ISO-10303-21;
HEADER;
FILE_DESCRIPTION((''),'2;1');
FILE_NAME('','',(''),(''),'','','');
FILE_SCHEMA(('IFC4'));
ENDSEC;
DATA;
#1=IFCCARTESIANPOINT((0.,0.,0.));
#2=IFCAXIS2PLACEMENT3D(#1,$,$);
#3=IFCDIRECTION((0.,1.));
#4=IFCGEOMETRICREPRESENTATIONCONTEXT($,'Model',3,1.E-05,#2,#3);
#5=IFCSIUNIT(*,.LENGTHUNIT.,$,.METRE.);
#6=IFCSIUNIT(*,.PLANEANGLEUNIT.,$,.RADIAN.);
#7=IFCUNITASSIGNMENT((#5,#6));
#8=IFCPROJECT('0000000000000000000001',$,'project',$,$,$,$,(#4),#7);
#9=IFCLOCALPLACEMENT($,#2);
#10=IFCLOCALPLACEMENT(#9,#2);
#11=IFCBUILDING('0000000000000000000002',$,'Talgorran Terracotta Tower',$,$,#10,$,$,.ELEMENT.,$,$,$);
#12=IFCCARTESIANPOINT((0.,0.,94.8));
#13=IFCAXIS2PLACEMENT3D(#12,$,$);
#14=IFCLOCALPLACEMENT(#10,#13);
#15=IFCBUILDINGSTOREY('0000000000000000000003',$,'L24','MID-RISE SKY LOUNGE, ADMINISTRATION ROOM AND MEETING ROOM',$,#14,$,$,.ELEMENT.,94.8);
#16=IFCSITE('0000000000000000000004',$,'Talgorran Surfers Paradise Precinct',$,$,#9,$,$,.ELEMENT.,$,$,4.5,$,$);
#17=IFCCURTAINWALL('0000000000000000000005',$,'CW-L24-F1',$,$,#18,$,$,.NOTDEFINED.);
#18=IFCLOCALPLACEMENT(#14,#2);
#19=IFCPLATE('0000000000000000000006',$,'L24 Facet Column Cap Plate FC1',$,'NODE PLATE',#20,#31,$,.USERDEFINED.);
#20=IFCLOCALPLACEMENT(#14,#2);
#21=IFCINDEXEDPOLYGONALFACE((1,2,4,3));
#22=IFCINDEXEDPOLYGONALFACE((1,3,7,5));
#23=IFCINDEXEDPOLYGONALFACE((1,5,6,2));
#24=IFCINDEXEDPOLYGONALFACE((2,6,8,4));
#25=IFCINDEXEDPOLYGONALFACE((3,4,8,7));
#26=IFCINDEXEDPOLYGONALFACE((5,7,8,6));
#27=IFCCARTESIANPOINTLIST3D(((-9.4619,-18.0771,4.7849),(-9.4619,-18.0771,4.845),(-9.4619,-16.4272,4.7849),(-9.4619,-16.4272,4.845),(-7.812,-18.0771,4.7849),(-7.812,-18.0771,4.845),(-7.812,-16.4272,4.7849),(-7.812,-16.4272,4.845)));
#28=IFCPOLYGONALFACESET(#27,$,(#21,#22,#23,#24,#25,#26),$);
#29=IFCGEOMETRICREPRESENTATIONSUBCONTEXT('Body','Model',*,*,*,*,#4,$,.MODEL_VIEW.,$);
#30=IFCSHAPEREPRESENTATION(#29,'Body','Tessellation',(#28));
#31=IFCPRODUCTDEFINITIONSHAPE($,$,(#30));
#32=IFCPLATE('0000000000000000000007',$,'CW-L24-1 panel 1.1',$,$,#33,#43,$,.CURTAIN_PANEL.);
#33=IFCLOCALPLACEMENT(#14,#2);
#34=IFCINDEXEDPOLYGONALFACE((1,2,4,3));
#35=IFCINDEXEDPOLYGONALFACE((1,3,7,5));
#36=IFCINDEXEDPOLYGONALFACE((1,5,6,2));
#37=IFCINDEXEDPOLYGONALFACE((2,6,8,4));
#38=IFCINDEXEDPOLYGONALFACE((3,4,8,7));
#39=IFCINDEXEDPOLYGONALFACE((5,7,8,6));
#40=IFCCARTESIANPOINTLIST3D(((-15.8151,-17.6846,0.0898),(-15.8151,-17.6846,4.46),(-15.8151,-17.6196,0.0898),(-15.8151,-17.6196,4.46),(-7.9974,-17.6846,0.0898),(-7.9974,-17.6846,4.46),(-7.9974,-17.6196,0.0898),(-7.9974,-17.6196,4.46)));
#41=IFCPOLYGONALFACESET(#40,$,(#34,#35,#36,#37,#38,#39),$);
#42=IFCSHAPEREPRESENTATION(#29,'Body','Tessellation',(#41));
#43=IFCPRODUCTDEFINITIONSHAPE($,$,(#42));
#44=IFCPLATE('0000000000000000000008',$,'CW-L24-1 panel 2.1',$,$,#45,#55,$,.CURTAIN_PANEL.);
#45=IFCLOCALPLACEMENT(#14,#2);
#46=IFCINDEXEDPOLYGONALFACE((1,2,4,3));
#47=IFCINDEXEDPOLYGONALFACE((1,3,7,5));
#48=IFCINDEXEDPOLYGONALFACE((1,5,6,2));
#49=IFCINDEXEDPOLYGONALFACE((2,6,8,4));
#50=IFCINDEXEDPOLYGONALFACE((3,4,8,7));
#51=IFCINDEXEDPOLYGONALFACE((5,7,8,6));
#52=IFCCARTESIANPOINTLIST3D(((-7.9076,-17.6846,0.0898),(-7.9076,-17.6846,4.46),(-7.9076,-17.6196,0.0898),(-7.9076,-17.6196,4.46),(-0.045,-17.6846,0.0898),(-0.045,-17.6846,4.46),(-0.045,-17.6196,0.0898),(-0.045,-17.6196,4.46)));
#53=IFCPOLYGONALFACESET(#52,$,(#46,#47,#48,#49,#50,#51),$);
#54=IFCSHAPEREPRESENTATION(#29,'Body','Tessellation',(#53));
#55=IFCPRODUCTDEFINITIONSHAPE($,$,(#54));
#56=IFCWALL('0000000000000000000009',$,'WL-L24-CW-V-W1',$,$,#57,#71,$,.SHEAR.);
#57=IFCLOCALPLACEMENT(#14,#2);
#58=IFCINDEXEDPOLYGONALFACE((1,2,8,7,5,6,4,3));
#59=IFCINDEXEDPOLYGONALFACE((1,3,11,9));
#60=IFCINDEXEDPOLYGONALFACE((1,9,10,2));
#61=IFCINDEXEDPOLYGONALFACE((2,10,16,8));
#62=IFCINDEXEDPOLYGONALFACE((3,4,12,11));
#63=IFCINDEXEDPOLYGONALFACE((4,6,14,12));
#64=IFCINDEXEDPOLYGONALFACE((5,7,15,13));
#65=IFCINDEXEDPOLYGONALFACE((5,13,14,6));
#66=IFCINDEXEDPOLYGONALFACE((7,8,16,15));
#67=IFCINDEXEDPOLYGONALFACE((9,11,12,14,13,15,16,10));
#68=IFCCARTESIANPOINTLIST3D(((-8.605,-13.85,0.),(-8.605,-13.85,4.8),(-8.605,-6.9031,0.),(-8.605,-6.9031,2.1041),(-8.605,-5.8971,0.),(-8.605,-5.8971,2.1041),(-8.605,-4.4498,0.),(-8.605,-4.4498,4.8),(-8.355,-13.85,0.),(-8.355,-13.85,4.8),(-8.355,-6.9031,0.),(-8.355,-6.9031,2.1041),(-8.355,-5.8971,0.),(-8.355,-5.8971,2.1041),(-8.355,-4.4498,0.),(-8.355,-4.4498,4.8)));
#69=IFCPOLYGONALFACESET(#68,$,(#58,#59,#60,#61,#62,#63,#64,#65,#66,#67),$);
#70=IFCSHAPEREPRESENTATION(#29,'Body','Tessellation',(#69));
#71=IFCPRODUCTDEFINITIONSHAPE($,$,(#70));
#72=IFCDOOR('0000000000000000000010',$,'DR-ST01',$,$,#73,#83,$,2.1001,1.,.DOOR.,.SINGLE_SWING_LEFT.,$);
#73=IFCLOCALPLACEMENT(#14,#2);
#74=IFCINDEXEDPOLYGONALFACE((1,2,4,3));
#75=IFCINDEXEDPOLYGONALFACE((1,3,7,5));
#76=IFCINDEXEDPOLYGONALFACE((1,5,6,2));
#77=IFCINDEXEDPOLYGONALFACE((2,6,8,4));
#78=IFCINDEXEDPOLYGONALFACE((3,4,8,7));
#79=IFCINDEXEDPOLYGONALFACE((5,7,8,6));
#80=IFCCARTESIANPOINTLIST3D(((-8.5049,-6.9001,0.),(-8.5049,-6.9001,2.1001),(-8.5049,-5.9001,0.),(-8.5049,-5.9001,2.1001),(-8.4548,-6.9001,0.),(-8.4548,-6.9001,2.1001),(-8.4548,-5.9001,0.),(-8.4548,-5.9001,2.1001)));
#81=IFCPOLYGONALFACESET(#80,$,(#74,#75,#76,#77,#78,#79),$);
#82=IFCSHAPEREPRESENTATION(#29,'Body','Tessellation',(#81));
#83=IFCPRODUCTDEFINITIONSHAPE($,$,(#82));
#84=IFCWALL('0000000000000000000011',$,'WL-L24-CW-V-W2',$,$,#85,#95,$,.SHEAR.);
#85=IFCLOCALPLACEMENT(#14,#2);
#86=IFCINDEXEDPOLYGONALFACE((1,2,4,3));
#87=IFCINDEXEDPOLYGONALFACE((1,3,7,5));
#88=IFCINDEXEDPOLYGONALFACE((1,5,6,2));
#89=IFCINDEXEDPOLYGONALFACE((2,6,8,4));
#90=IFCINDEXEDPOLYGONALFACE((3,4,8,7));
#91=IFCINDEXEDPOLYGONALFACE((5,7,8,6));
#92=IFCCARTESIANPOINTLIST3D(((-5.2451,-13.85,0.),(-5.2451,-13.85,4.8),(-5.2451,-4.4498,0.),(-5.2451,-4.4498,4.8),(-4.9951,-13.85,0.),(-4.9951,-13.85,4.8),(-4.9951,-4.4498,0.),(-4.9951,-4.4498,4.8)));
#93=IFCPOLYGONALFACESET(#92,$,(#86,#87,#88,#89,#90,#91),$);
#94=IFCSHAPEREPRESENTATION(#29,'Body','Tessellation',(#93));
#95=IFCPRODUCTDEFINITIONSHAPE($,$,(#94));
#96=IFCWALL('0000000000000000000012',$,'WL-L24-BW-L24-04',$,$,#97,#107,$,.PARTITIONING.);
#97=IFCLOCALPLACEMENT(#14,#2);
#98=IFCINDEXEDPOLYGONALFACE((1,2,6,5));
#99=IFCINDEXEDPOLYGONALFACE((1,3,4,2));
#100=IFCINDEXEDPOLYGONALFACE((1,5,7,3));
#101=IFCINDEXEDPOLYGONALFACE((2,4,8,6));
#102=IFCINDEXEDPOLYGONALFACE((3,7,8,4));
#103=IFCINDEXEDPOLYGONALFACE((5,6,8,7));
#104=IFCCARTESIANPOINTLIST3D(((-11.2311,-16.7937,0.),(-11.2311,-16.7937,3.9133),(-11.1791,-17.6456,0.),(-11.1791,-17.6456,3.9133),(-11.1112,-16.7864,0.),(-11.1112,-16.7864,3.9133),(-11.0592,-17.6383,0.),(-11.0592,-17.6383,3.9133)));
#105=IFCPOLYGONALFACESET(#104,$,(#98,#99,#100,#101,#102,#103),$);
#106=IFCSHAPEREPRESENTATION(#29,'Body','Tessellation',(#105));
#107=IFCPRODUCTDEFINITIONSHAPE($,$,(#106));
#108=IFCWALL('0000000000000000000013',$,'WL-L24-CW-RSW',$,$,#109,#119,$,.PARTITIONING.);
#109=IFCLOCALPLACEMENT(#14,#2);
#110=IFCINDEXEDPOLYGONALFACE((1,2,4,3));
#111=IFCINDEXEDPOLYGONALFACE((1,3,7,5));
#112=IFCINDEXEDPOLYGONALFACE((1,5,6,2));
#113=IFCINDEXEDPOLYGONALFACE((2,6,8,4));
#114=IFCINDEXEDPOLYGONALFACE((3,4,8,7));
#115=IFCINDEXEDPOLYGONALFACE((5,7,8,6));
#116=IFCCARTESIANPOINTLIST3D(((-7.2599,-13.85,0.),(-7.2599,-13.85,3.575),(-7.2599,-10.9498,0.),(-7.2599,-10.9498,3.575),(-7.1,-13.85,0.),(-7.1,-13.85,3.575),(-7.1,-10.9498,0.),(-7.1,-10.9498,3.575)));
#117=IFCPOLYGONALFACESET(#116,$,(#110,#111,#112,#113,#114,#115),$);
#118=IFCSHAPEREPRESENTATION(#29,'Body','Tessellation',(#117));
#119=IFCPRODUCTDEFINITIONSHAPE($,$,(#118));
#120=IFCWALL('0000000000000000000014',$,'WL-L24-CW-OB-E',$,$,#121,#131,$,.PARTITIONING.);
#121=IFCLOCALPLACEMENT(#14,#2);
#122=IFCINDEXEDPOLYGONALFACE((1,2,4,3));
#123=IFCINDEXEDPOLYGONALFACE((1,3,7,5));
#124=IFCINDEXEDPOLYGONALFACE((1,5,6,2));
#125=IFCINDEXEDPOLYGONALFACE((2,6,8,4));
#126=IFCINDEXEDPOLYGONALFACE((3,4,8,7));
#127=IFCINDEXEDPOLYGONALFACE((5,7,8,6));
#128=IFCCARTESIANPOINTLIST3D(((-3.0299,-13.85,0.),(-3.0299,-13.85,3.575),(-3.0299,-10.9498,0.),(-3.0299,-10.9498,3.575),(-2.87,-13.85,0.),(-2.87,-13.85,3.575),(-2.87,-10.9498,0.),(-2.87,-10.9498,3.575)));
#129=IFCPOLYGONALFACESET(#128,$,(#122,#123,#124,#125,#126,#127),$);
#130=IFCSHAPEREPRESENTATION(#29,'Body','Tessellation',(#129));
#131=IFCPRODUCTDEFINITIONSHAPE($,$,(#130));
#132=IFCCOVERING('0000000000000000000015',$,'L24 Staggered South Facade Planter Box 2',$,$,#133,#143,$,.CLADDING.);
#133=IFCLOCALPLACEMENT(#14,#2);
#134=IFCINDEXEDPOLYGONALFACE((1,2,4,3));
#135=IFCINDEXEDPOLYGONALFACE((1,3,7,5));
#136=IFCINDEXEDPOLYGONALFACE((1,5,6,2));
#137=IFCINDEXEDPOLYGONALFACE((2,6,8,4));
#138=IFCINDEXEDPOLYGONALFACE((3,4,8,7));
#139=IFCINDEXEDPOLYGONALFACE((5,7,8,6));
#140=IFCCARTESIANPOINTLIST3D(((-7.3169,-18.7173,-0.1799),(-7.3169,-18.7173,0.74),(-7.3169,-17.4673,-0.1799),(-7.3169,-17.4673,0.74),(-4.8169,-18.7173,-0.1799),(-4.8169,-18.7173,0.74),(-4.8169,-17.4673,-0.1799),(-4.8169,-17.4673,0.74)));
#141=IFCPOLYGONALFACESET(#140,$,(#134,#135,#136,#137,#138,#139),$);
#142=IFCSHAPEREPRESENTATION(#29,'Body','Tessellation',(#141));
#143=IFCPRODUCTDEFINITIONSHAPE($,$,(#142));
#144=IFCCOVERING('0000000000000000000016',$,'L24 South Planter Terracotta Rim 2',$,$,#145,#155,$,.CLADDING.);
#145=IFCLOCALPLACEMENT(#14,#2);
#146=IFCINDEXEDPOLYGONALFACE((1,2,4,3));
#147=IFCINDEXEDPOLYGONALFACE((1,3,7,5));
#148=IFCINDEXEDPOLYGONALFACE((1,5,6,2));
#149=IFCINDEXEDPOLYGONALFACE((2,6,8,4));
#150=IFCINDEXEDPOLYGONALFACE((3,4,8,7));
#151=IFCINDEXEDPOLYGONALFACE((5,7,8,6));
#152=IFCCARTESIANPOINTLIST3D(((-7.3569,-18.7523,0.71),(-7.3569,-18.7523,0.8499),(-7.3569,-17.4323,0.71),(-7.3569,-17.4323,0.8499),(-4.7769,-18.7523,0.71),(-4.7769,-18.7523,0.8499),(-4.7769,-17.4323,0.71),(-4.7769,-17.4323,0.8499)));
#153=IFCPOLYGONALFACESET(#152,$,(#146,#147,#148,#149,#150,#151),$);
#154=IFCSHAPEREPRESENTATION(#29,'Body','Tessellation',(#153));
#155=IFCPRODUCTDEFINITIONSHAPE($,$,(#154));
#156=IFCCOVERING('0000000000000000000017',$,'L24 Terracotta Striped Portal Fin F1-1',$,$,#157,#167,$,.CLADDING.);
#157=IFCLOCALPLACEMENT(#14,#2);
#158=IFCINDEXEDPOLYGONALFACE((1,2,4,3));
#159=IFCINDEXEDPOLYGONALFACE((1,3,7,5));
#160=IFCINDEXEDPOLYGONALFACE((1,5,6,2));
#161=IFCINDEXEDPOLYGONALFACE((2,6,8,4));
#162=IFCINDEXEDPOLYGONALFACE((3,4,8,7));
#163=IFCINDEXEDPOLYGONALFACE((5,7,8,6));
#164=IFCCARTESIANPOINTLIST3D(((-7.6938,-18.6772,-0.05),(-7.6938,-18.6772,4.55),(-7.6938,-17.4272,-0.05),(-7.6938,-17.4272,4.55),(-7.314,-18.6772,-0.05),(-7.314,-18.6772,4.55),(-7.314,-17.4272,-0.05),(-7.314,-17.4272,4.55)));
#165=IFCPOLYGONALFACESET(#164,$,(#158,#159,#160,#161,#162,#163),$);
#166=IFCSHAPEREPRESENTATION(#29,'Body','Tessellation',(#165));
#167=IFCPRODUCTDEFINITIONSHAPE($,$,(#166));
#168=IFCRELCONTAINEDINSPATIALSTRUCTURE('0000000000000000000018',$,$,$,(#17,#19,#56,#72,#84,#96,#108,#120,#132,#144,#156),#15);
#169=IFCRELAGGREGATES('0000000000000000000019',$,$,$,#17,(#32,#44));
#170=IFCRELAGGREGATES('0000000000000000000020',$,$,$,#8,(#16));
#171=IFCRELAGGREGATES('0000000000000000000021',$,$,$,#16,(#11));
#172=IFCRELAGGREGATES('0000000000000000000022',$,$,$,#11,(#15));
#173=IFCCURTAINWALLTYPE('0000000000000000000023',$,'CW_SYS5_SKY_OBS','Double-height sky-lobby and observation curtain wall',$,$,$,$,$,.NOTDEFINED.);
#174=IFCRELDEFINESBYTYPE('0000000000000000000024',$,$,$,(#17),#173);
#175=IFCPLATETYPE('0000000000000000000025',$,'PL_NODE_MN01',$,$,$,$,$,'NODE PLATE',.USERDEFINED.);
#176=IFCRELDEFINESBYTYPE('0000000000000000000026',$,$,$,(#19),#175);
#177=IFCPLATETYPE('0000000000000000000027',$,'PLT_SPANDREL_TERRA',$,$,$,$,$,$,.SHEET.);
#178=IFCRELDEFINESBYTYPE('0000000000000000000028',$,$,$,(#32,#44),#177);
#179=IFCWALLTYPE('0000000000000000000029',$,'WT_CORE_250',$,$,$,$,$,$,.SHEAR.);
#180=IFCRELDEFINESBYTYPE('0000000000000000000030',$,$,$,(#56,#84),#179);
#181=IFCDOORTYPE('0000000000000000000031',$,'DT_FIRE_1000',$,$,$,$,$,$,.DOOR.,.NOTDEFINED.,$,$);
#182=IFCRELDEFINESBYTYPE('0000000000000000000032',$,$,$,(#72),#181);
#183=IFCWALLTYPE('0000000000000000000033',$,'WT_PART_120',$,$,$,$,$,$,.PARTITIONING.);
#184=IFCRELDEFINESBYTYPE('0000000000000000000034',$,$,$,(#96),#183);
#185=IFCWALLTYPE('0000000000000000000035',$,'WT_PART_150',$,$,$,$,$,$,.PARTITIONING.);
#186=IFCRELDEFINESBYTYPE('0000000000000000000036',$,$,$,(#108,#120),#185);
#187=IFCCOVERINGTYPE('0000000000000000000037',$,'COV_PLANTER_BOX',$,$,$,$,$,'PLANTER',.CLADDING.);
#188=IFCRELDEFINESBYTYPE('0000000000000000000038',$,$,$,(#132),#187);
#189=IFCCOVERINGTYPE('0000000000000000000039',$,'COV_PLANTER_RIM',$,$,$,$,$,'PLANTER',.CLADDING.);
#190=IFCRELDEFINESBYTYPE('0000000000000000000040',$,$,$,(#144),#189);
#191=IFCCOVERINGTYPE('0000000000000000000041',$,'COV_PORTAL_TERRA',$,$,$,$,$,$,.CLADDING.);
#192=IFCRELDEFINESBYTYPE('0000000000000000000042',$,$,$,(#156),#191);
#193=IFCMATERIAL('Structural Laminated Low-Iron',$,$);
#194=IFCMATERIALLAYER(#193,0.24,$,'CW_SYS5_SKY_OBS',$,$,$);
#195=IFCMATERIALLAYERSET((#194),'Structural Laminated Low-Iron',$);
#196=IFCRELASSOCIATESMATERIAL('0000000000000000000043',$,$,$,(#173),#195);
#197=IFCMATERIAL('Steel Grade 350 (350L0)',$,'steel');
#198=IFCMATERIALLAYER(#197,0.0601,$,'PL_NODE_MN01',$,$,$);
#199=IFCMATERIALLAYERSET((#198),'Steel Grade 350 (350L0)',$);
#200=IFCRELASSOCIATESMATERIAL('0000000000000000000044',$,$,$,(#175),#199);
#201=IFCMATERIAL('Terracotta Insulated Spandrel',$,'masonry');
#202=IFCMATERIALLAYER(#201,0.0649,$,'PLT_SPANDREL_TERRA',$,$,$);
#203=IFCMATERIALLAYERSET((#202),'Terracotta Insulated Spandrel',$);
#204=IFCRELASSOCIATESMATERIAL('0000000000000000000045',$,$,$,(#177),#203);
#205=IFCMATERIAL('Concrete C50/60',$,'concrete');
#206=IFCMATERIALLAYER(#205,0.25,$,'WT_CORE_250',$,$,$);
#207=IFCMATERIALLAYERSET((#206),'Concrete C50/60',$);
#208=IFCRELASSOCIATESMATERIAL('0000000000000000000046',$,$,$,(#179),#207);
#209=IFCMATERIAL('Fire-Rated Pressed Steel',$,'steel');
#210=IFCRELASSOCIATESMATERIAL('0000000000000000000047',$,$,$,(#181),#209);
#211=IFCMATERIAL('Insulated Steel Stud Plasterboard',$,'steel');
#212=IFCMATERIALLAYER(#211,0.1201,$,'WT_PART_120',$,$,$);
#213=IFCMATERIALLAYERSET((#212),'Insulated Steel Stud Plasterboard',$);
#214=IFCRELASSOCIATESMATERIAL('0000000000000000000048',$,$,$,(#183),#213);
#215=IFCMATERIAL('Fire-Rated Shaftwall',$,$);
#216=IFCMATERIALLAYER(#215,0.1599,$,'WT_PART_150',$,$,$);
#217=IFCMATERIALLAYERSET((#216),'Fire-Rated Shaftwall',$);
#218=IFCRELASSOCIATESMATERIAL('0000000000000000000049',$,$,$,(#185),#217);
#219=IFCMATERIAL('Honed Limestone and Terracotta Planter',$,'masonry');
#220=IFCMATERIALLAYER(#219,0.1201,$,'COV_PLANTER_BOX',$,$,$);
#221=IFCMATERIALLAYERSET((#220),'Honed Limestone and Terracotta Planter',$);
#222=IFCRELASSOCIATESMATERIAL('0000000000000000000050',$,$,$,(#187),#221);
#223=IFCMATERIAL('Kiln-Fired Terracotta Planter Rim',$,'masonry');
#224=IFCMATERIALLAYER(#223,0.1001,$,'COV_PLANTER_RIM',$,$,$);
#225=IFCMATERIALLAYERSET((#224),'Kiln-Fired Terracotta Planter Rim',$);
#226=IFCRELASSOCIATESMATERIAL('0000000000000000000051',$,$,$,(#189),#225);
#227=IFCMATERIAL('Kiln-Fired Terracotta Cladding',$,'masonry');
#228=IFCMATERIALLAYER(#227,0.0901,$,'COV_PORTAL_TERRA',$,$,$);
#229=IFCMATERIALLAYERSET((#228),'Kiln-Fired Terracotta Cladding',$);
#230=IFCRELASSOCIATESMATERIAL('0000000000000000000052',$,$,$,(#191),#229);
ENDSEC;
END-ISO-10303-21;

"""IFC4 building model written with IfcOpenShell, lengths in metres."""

from ifc_helpers import new_model, si_unit, direction, frame, frame_2d, origin, origin_2d, place, context, subcontext, project, spatial, rectangle, extrude, source, transform, mapped, material, layer, layer_set, type_object, type_shapes, element, fill, aggregate, save


model = new_model("IFC4")

# Units and contexts
model_context = context("Model", 3, precision=1e-05, world=origin(), true_north=direction((0.0, 1.0)))
body_context = subcontext(model_context, "Body", "Model", "MODEL_VIEW")
ifc_project = project(units=[si_unit("LENGTHUNIT", "METRE"), si_unit("PLANEANGLEUNIT", "RADIAN")], contexts=[model_context])

# Site, building, storey
site_placement = place(None, origin())
site = spatial("IfcSite", under=ifc_project, at=site_placement, Name="Talgorran Surfers Paradise Precinct", CompositionType="ELEMENT", RefElevation=4.5)
building_placement = place(site_placement, origin())
building = spatial("IfcBuilding", under=site, at=building_placement, Name="Talgorran Terracotta Tower", CompositionType="ELEMENT")
storey_placement = place(building_placement, frame((0.0, 0.0, 94.8)))
storey = spatial("IfcBuildingStorey", under=building, at=storey_placement, Name="L24", Description="MID-RISE SKY LOUNGE, ADMINISTRATION ROOM AND MEETING ROOM", CompositionType="ELEMENT", Elevation=94.8)

# Shared definitions
ifc_material_1 = material(Name="Steel Grade 350 (350L0)", Category="steel")

# Curtain wall
ifc_material_2 = material(Name="Structural Laminated Low-Iron")
ifc_layer_1 = layer(ifc_material_2, 0.24, Name="CW_SYS5_SKY_OBS")
ifc_layer_set_1 = layer_set([ifc_layer_1], Name="Structural Laminated Low-Iron")
curtain_wall_type = type_object("IfcCurtainWallType", Name="CW_SYS5_SKY_OBS", Description="Double-height sky-lobby and observation curtain wall", PredefinedType="NOTDEFINED", material=ifc_layer_set_1)
curtain_wall_placement = place(storey_placement, origin())
curtain_wall = element("IfcCurtainWall", 1, at=curtain_wall_placement, inside=storey, type_object=curtain_wall_type, Name="CW-L24-F1", PredefinedType="NOTDEFINED")

# Plate
ifc_layer_2 = layer(ifc_material_1, 0.0601, Name="PL_NODE_MN01")
ifc_layer_set_2 = layer_set([ifc_layer_2], Name="Steel Grade 350 (350L0)")
plate_type_1 = type_object("IfcPlateType", Name="PL_NODE_MN01", ElementType="NODE PLATE", PredefinedType="USERDEFINED", material=ifc_layer_set_2)
plate_1_placement = place(storey_placement, frame((-8.637, -17.2522, 4.7849), z_axis=(0.0, 0.0, 1.0), x_axis=(1.0, 0.0, 0.0)))
element("IfcPlate", 2, at=plate_1_placement, inside=storey, type_object=plate_type_1, Name="L24 Facet Column Cap Plate FC1", ObjectType="NODE PLATE", PredefinedType="USERDEFINED", context=body_context, shape_type="SweptSolid", body=[
    extrude(rectangle(XDim=1.6499, YDim=1.6499, at=origin_2d()), origin(), (0.0, 0.0, 1.0), 0.0601),
])

# Plates
ifc_material_3 = material(Name="Terracotta Insulated Spandrel", Category="masonry")
ifc_layer_3 = layer(ifc_material_3, 0.0649, Name="PLT_SPANDREL_TERRA")
ifc_layer_set_3 = layer_set([ifc_layer_3], Name="Terracotta Insulated Spandrel")
plate_type_2 = type_object("IfcPlateType", Name="PLT_SPANDREL_TERRA", PredefinedType="SHEET", material=ifc_layer_set_3)
shared_shape_1 = source(origin(), body_context, "Body", "SweptSolid", [
    extrude(rectangle(XDim=7.8176, YDim=0.0649, at=origin_2d()), origin(), (0.0, 0.0, 1.0), 4.3701),
])
plate_2_placement = place(storey_placement, frame((-11.9062, -17.6521, 0.0898), z_axis=(0.0, 0.0, 1.0), x_axis=(1.0, 0.0, 0.0)))
plate_2 = element("IfcPlate", 3, at=plate_2_placement, type_object=plate_type_2, Name="CW-L24-1 panel 1.1", PredefinedType="CURTAIN_PANEL", context=body_context, shape_type="MappedRepresentation", body=[
    mapped(shared_shape_1, transform((0.0, 0.0, 0.0), scale=1.0)),
])
shared_shape_2 = source(origin(), body_context, "Body", "SweptSolid", [
    extrude(rectangle(XDim=7.8625, YDim=0.0649, at=origin_2d()), origin(), (0.0, 0.0, 1.0), 4.3701),
])
type_shapes(plate_type_2, [shared_shape_1, shared_shape_2])
plate_3_placement = place(storey_placement, frame((-3.9763, -17.6521, 0.0898), z_axis=(0.0, 0.0, 1.0), x_axis=(1.0, 0.0, 0.0)))
plate_3 = element("IfcPlate", 4, at=plate_3_placement, type_object=plate_type_2, Name="CW-L24-1 panel 2.1", PredefinedType="CURTAIN_PANEL", context=body_context, shape_type="MappedRepresentation", body=[
    mapped(shared_shape_2, transform((0.0, 0.0, 0.0), scale=1.0)),
])
aggregate(curtain_wall, [plate_2, plate_3])

# Wall, opening, door
ifc_material_4 = material(Name="Concrete C50/60", Category="concrete")
ifc_layer_4 = layer(ifc_material_4, 0.25, Name="WT_CORE_250")
ifc_layer_set_4 = layer_set([ifc_layer_4], Name="Concrete C50/60")
wall_type_1 = type_object("IfcWallType", Name="WT_CORE_250", PredefinedType="SHEAR", material=ifc_layer_set_4)
wall_1_placement = place(storey_placement, frame((-8.48, -13.8501, 0.0), z_axis=(0.0, 0.0, 1.0), x_axis=(0.0, 1.0, 0.0)))
wall_1 = element("IfcWall", 5, at=wall_1_placement, inside=storey, type_object=wall_type_1, Name="WL-L24-CW-V-W1", PredefinedType="SHEAR", context=body_context, shape_type="SweptSolid", body=[
    extrude(rectangle(XDim=9.4001, YDim=0.25, at=frame_2d((4.7002, 0.0))), origin(), (0.0, 0.0, 1.0), 4.8),
])
opening_placement = place(wall_1_placement, frame((6.95, 0.0, 0.0)))
opening = element("IfcOpeningElement", 6, at=opening_placement, cuts=wall_1, PredefinedType="OPENING", context=body_context, shape_type="SweptSolid", body=[
    extrude(rectangle(XDim=1.006, YDim=2.1041, at=frame_2d((0.5, 1.052))), frame((0.0, 0.135, 0.0), z_axis=(0.0, -1.0, 0.0), x_axis=(1.0, 0.0, 0.0)), (0.0, 0.0, 1.0), 0.27),
])
ifc_material_5 = material(Name="Fire-Rated Pressed Steel", Category="steel")
door_type = type_object("IfcDoorType", Name="DT_FIRE_1000", OperationType="NOTDEFINED", PredefinedType="DOOR", material=ifc_material_5)
door_placement = place(opening_placement, origin())
door = element("IfcDoor", 7, at=door_placement, inside=storey, type_object=door_type, Name="DR-ST01", OperationType="SINGLE_SWING_LEFT", OverallHeight=2.1001, OverallWidth=1.0, PredefinedType="DOOR", context=body_context, shape_type="SweptSolid", body=[
    extrude(rectangle(XDim=1.0, YDim=2.1001, at=frame_2d((0.5, 1.05))), frame((0.0, 0.0249, 0.0), z_axis=(0.0, -1.0, 0.0), x_axis=(1.0, 0.0, 0.0)), (0.0, 0.0, 1.0), 0.05),
])
fill(opening, door)

# Walls
wall_2_placement = place(storey_placement, frame((-5.1201, -13.8501, 0.0), z_axis=(0.0, 0.0, 1.0), x_axis=(0.0, 1.0, 0.0)))
element("IfcWall", 8, at=wall_2_placement, inside=storey, type_object=wall_type_1, Name="WL-L24-CW-V-W2", PredefinedType="SHEAR", context=body_context, shape_type="SweptSolid", body=[
    extrude(rectangle(XDim=9.4001, YDim=0.25, at=frame_2d((4.7002, 0.0))), origin(), (0.0, 0.0, 1.0), 4.8),
])
ifc_material_6 = material(Name="Insulated Steel Stud Plasterboard", Category="steel")
ifc_layer_5 = layer(ifc_material_6, 0.1201, Name="WT_PART_120")
ifc_layer_set_5 = layer_set([ifc_layer_5], Name="Insulated Steel Stud Plasterboard")
wall_type_2 = type_object("IfcWallType", Name="WT_PART_120", PredefinedType="PARTITIONING", material=ifc_layer_set_5)
wall_3_placement = place(storey_placement, frame((-11.1711, -16.79, 0.0), z_axis=(0.0, 0.0, 1.0), x_axis=(0.060918, -0.998143, 0.0)))
element("IfcWall", 9, at=wall_3_placement, inside=storey, type_object=wall_type_2, Name="WL-L24-BW-L24-04", PredefinedType="PARTITIONING", context=body_context, shape_type="SweptSolid", body=[
    extrude(rectangle(XDim=0.8535, YDim=0.1201, at=frame_2d((0.4268, 0.0))), origin(), (0.0, 0.0, 1.0), 3.9133),
])
ifc_material_7 = material(Name="Fire-Rated Shaftwall")
ifc_layer_6 = layer(ifc_material_7, 0.1599, Name="WT_PART_150")
ifc_layer_set_6 = layer_set([ifc_layer_6], Name="Fire-Rated Shaftwall")
wall_type_3 = type_object("IfcWallType", Name="WT_PART_150", PredefinedType="PARTITIONING", material=ifc_layer_set_6)
for number, where, z_axis, x_axis, name in (
    (10, (-7.1799, -13.8501, 0.0), (0.0, 0.0, 1.0), (0.0, 1.0, 0.0), "WL-L24-CW-RSW"),
    (11, (-2.95, -13.8501, 0.0), (0.0, 0.0, 1.0), (0.0, 1.0, 0.0), "WL-L24-CW-OB-E"),
):
    element("IfcWall", number, at=place(storey_placement, frame(where, z_axis=z_axis, x_axis=x_axis)), inside=storey, type_object=wall_type_3, Name=name, PredefinedType="PARTITIONING", context=body_context, shape_type="SweptSolid", body=[
        extrude(rectangle(XDim=2.9001, YDim=0.1599, at=frame_2d((1.4502, 0.0))), origin(), (0.0, 0.0, 1.0), 3.575),
    ])

# Coverings
ifc_material_8 = material(Name="Honed Limestone and Terracotta Planter", Category="masonry")
ifc_layer_7 = layer(ifc_material_8, 0.1201, Name="COV_PLANTER_BOX")
ifc_layer_set_7 = layer_set([ifc_layer_7], Name="Honed Limestone and Terracotta Planter")
covering_type_1 = type_object("IfcCoveringType", Name="COV_PLANTER_BOX", ElementType="PLANTER", PredefinedType="CLADDING", material=ifc_layer_set_7)
covering_1_placement = place(storey_placement, frame((-6.0669, -18.0923, -0.1799), z_axis=(0.0, 0.0, 1.0), x_axis=(1.0, 0.0, 0.0)))
element("IfcCovering", 12, at=covering_1_placement, inside=storey, type_object=covering_type_1, Name="L24 Staggered South Facade Planter Box 2", PredefinedType="CLADDING", context=body_context, shape_type="SweptSolid", body=[
    extrude(rectangle(XDim=2.5, YDim=1.25, at=origin_2d()), origin(), (0.0, 0.0, 1.0), 0.9199),
])
ifc_material_9 = material(Name="Kiln-Fired Terracotta Planter Rim", Category="masonry")
ifc_layer_8 = layer(ifc_material_9, 0.1001, Name="COV_PLANTER_RIM")
ifc_layer_set_8 = layer_set([ifc_layer_8], Name="Kiln-Fired Terracotta Planter Rim")
covering_type_2 = type_object("IfcCoveringType", Name="COV_PLANTER_RIM", ElementType="PLANTER", PredefinedType="CLADDING", material=ifc_layer_set_8)
covering_2_placement = place(storey_placement, frame((-6.0669, -18.0923, 0.71), z_axis=(0.0, 0.0, 1.0), x_axis=(1.0, 0.0, 0.0)))
element("IfcCovering", 13, at=covering_2_placement, inside=storey, type_object=covering_type_2, Name="L24 South Planter Terracotta Rim 2", PredefinedType="CLADDING", context=body_context, shape_type="SweptSolid", body=[
    extrude(rectangle(XDim=2.5801, YDim=1.3201, at=origin_2d()), origin(), (0.0, 0.0, 1.0), 0.1399),
])
ifc_material_10 = material(Name="Kiln-Fired Terracotta Cladding", Category="masonry")
ifc_layer_9 = layer(ifc_material_10, 0.0901, Name="COV_PORTAL_TERRA")
ifc_layer_set_9 = layer_set([ifc_layer_9], Name="Kiln-Fired Terracotta Cladding")
covering_type_3 = type_object("IfcCoveringType", Name="COV_PORTAL_TERRA", PredefinedType="CLADDING", material=ifc_layer_set_9)
covering_3_placement = place(storey_placement, frame((-7.5039, -18.0522, -0.05), z_axis=(0.0, 0.0, 1.0), x_axis=(1.0, 0.0, 0.0)))
element("IfcCovering", 14, at=covering_3_placement, inside=storey, type_object=covering_type_3, Name="L24 Terracotta Striped Portal Fin F1-1", PredefinedType="CLADDING", context=body_context, shape_type="SweptSolid", body=[
    extrude(rectangle(XDim=0.3799, YDim=1.25, at=origin_2d()), origin(), (0.0, 0.0, 1.0), 4.6001),
])

save(model, "model.ifc")
